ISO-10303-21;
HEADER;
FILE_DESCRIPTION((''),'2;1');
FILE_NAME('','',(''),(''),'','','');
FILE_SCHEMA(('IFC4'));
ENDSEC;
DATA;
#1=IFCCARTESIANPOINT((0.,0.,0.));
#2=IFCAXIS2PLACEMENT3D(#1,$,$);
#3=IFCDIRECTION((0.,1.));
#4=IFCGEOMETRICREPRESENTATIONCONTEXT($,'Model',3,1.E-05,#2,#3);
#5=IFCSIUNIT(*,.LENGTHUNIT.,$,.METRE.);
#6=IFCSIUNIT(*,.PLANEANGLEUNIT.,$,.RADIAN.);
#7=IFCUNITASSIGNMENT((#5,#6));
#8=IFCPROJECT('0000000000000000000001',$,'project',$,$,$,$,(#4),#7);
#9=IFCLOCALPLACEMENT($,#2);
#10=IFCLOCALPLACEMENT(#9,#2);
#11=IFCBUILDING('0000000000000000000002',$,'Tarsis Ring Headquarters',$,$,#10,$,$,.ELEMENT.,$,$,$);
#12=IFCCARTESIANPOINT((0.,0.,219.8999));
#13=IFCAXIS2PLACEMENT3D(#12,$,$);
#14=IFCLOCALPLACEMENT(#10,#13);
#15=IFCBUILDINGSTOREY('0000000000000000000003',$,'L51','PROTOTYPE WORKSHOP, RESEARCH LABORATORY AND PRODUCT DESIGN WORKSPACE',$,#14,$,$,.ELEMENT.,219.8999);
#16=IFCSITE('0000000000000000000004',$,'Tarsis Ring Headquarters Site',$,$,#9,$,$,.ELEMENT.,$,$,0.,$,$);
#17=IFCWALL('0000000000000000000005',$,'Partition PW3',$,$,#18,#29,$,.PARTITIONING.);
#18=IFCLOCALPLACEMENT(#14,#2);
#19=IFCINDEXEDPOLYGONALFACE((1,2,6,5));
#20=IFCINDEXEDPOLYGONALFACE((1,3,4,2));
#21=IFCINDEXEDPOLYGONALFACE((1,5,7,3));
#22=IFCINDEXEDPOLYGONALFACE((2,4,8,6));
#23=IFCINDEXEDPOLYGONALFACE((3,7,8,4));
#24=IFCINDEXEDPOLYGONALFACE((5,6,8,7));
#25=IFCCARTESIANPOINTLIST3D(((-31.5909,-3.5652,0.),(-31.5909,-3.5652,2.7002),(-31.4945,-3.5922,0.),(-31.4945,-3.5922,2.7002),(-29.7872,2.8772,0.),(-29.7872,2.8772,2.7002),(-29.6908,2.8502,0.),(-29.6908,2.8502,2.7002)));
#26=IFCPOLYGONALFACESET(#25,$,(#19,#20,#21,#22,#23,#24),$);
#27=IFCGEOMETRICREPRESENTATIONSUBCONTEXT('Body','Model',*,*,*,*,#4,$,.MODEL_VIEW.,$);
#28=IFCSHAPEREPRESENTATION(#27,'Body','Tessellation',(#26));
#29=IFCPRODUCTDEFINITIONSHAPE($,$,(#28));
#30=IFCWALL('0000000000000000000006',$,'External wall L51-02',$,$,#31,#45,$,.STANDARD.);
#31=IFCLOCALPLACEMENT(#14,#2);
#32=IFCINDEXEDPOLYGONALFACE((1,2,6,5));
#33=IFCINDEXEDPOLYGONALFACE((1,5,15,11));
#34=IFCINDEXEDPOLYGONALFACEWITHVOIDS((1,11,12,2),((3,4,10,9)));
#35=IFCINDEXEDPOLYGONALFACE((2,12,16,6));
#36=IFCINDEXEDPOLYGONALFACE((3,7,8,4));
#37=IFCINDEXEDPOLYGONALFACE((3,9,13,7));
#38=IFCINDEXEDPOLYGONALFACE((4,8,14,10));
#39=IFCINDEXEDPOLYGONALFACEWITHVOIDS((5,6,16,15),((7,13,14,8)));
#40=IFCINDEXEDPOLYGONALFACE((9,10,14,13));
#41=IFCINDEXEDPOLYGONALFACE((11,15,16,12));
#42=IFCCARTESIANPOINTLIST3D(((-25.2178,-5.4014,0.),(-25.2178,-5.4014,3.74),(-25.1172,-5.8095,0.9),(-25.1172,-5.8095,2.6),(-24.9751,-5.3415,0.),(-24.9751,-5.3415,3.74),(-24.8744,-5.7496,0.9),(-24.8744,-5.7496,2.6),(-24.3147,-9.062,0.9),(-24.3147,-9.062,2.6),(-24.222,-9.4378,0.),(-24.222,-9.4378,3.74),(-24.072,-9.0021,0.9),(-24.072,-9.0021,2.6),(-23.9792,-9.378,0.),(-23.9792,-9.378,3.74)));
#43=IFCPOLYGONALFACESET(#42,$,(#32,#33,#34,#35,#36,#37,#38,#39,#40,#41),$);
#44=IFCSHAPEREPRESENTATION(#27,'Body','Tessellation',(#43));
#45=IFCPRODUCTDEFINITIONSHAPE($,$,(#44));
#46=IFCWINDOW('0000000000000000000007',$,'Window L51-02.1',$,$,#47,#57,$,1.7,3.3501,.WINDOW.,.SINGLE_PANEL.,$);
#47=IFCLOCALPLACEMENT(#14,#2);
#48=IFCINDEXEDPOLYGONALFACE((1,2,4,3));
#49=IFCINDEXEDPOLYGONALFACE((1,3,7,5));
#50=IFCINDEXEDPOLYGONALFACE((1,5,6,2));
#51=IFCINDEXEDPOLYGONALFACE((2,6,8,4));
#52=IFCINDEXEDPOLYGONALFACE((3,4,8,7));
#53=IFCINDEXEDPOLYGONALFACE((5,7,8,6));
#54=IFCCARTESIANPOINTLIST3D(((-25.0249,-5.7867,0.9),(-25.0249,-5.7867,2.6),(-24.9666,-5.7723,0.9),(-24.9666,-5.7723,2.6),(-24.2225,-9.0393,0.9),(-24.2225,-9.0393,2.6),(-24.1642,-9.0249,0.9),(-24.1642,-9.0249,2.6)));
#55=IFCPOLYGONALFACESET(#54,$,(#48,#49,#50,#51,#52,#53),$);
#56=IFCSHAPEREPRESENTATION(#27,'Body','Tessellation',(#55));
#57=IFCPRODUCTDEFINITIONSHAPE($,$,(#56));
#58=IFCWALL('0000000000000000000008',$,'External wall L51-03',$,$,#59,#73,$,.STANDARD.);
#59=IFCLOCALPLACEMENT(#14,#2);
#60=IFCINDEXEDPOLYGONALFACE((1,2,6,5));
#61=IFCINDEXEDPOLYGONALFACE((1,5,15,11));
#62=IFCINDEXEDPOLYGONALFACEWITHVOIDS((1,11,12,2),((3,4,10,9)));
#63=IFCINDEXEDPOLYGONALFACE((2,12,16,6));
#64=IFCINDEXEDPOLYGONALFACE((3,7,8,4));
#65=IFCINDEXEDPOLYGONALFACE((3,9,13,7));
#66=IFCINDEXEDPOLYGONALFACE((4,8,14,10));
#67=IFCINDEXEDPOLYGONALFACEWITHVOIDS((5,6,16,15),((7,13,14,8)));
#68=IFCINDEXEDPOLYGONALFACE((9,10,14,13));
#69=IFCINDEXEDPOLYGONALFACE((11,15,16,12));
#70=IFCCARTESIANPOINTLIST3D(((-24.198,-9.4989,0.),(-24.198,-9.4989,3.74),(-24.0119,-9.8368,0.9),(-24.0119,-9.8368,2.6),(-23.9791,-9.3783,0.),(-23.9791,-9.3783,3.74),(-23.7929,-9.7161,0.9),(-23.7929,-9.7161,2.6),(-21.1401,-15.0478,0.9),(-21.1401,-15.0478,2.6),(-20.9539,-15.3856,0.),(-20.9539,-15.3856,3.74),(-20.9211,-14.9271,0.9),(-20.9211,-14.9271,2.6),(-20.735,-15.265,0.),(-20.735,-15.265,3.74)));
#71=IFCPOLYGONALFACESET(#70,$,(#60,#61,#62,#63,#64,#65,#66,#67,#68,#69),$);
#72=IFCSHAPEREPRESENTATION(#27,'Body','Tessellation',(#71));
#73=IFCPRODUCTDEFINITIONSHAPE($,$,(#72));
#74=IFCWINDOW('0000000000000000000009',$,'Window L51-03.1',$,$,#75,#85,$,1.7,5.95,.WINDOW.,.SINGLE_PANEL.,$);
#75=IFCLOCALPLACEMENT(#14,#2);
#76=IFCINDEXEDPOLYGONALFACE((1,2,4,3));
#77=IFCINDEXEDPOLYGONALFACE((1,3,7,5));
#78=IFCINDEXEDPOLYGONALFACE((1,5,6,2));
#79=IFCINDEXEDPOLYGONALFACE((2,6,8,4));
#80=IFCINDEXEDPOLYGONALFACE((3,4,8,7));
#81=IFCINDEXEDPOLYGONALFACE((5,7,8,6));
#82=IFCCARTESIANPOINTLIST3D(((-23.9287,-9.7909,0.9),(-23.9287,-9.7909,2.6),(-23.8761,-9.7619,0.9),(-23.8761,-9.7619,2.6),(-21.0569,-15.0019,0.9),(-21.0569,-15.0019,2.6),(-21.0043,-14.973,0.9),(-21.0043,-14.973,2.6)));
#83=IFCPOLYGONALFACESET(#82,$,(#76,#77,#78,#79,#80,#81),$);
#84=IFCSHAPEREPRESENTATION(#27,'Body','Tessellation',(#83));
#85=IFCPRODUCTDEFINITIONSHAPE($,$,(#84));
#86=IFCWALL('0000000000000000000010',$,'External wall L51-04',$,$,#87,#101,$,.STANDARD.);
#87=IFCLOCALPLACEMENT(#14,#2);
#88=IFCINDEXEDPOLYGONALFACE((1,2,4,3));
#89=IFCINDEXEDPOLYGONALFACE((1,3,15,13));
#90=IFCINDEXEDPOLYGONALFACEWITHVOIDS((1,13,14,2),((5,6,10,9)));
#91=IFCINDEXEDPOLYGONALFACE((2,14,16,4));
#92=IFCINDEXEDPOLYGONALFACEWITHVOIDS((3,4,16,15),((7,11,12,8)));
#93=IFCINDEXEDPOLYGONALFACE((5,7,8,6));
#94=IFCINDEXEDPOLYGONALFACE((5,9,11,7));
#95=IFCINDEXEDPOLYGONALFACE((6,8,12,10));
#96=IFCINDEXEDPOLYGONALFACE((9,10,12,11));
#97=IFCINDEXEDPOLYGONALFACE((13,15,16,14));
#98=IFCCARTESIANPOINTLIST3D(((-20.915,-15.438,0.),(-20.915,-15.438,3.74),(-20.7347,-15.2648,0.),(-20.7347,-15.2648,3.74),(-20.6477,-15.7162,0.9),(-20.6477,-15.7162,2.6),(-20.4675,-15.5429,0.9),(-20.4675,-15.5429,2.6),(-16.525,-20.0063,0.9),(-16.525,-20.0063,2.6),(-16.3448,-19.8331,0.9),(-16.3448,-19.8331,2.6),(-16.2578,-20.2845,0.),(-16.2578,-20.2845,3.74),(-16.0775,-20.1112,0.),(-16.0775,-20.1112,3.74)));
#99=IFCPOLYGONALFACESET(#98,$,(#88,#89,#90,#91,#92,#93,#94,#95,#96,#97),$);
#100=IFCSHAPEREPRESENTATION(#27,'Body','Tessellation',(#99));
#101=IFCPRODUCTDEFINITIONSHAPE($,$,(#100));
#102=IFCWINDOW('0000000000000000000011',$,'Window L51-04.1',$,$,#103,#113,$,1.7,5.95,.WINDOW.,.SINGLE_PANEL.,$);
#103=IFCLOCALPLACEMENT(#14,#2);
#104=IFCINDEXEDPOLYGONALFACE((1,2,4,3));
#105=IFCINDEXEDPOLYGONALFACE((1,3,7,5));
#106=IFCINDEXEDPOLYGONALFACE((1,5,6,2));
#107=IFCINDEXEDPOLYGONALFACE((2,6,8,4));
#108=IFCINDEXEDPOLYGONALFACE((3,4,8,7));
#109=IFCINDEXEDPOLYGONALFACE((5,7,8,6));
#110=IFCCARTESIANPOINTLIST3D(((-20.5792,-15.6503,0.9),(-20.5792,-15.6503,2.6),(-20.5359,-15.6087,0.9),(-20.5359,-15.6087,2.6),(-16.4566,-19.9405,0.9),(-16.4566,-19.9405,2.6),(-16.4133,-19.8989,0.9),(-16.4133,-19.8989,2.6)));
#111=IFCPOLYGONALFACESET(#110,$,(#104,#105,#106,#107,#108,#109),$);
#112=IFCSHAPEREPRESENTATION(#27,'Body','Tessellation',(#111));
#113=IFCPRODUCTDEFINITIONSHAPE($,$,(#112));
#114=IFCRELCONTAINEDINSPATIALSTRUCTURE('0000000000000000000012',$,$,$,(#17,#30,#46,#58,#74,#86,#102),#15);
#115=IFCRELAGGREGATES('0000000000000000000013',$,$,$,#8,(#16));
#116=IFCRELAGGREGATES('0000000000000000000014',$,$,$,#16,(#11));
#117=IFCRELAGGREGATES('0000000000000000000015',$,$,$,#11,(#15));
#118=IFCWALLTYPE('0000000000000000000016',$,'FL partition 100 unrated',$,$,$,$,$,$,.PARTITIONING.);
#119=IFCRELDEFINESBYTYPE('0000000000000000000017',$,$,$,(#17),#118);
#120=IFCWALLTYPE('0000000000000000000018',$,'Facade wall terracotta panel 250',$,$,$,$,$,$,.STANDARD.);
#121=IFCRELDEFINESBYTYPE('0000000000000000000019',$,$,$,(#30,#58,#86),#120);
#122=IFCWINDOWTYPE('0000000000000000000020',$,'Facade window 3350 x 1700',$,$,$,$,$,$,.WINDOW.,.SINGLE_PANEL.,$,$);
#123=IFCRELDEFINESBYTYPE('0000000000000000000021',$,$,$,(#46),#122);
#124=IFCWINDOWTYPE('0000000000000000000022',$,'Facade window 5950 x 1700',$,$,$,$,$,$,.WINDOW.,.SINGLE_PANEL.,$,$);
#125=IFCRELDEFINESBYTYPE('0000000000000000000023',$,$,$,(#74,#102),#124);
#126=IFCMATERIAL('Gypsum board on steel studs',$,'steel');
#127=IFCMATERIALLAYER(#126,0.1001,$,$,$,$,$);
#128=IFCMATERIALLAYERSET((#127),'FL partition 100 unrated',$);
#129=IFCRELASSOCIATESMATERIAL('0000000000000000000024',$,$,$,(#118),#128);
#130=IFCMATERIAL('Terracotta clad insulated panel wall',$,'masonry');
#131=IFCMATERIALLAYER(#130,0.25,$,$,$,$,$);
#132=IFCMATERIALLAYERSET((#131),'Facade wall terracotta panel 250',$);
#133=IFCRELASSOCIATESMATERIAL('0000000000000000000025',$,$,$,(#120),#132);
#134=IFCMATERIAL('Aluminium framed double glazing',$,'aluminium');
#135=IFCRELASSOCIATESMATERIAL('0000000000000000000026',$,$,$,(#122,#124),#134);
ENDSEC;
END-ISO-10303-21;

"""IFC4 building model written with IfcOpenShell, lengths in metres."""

from ifc_helpers import new_model, si_unit, direction, frame, frame_2d, origin, place, context, subcontext, project, spatial, rectangle, extrude, material, layer, layer_set, type_object, element, fill, save


model = new_model("IFC4")

# Units and contexts
model_context = context("Model", 3, precision=1e-05, world=origin(), true_north=direction((0.0, 1.0)))
body_context = subcontext(model_context, "Body", "Model", "MODEL_VIEW")
ifc_project = project(units=[si_unit("LENGTHUNIT", "METRE"), si_unit("PLANEANGLEUNIT", "RADIAN")], contexts=[model_context])

# Site, building, storey
site_placement = place(None, origin())
site = spatial("IfcSite", under=ifc_project, at=site_placement, Name="Tarsis Ring Headquarters Site", CompositionType="ELEMENT", RefElevation=0.0)
building_placement = place(site_placement, origin())
building = spatial("IfcBuilding", under=site, at=building_placement, Name="Tarsis Ring Headquarters", CompositionType="ELEMENT")
storey_placement = place(building_placement, frame((0.0, 0.0, 219.8999)))
storey = spatial("IfcBuildingStorey", under=building, at=storey_placement, Name="L51", Description="PROTOTYPE WORKSHOP, RESEARCH LABORATORY AND PRODUCT DESIGN WORKSPACE", CompositionType="ELEMENT", Elevation=219.8999)

# Wall
ifc_material_1 = material(Name="Gypsum board on steel studs", Category="steel")
ifc_layer_1 = layer(ifc_material_1, 0.1001)
ifc_layer_set_1 = layer_set([ifc_layer_1], Name="FL partition 100 unrated")
wall_type_1 = type_object("IfcWallType", Name="FL partition 100 unrated", PredefinedType="PARTITIONING", material=ifc_layer_set_1)
wall_1_placement = place(storey_placement, frame((-31.5427, -3.5789, 0.0), z_axis=(0.0, 0.0, 1.0), x_axis=(0.269608, 0.96297, 0.0)))
element("IfcWall", 1, at=wall_1_placement, inside=storey, type_object=wall_type_1, Name="Partition PW3", PredefinedType="PARTITIONING", context=body_context, shape_type="SweptSolid", body=[
    extrude(rectangle(XDim=6.6902, YDim=0.1001, at=frame_2d((3.3452, 0.0))), origin(), (0.0, 0.0, 1.0), 2.7002),
])

# Walls, openings, windows
ifc_material_2 = material(Name="Terracotta clad insulated panel wall", Category="masonry")
ifc_layer_2 = layer(ifc_material_2, 0.25)
ifc_layer_set_2 = layer_set([ifc_layer_2], Name="Facade wall terracotta panel 250")
wall_type_2 = type_object("IfcWallType", Name="Facade wall terracotta panel 250", PredefinedType="STANDARD", material=ifc_layer_set_2)
wall_2_placement = place(storey_placement, frame((-25.0964, -5.3716, 0.0), z_axis=(0.0, 0.0, 1.0), x_axis=(0.239536, -0.970887, 0.0)))
wall_2 = element("IfcWall", 2, at=wall_2_placement, inside=storey, type_object=wall_type_2, Name="External wall L51-02", PredefinedType="STANDARD", context=body_context, shape_type="SweptSolid", body=[
    extrude(rectangle(XDim=4.1575, YDim=0.25, at=frame_2d((2.0786, 0.0))), origin(), (0.0, 0.0, 1.0), 3.74),
])
opening_1_placement = place(wall_2_placement, frame((0.4202, 0.0, 0.8999)))
opening_1 = element("IfcOpeningElement", 3, at=opening_1_placement, cuts=wall_2, PredefinedType="OPENING", context=body_context, shape_type="SweptSolid", body=[
    extrude(rectangle(XDim=3.3501, YDim=1.7, at=frame_2d((1.675, 0.8501))), frame((0.0, 0.135, 0.0), z_axis=(0.0, -1.0, 0.0), x_axis=(1.0, 0.0, 0.0)), (0.0, 0.0, 1.0), 0.27),
])
ifc_material_3 = material(Name="Aluminium framed double glazing", Category="aluminium")
window_type_1 = type_object("IfcWindowType", Name="Facade window 3350 x 1700", PartitioningType="SINGLE_PANEL", PredefinedType="WINDOW", material=ifc_material_3)
window_1_placement = place(opening_1_placement, origin())
window_1 = element("IfcWindow", 4, at=window_1_placement, inside=storey, type_object=window_type_1, Name="Window L51-02.1", OverallHeight=1.7, OverallWidth=3.3501, PartitioningType="SINGLE_PANEL", PredefinedType="WINDOW", context=body_context, shape_type="SweptSolid", body=[
    extrude(rectangle(XDim=3.3501, YDim=1.7, at=frame_2d((1.675, 0.8501))), frame((0.0, 0.03, 0.0), z_axis=(0.0, -1.0, 0.0), x_axis=(1.0, 0.0, 0.0)), (0.0, 0.0, 1.0), 0.0601),
])
fill(opening_1, window_1)
wall_3_placement = place(storey_placement, frame((-24.0886, -9.4385, 0.0), z_axis=(0.0, 0.0, 1.0), x_axis=(0.482655, -0.875811, 0.0)))
wall_3 = element("IfcWall", 5, at=wall_3_placement, inside=storey, type_object=wall_type_2, Name="External wall L51-03", PredefinedType="STANDARD", context=body_context, shape_type="SweptSolid", body=[
    extrude(rectangle(XDim=6.7214, YDim=0.25, at=frame_2d((3.3608, 0.0))), origin(), (0.0, 0.0, 1.0), 3.74),
])
opening_2_placement = place(wall_3_placement, frame((0.3857, 0.0, 0.8999)))
opening_2 = element("IfcOpeningElement", 6, at=opening_2_placement, cuts=wall_3, PredefinedType="OPENING", context=body_context, shape_type="SweptSolid", body=[
    extrude(rectangle(XDim=5.95, YDim=1.7, at=frame_2d((2.9751, 0.8501))), frame((0.0, 0.135, 0.0), z_axis=(0.0, -1.0, 0.0), x_axis=(1.0, 0.0, 0.0)), (0.0, 0.0, 1.0), 0.27),
])
window_type_2 = type_object("IfcWindowType", Name="Facade window 5950 x 1700", PartitioningType="SINGLE_PANEL", PredefinedType="WINDOW", material=ifc_material_3)
window_2_placement = place(opening_2_placement, origin())
window_2 = element("IfcWindow", 7, at=window_2_placement, inside=storey, type_object=window_type_2, Name="Window L51-03.1", OverallHeight=1.7, OverallWidth=5.95, PartitioningType="SINGLE_PANEL", PredefinedType="WINDOW", context=body_context, shape_type="SweptSolid", body=[
    extrude(rectangle(XDim=5.95, YDim=1.7, at=frame_2d((2.9751, 0.8501))), frame((0.0, 0.03, 0.0), z_axis=(0.0, -1.0, 0.0), x_axis=(1.0, 0.0, 0.0)), (0.0, 0.0, 1.0), 0.0601),
])
fill(opening_2, window_2)
wall_4_placement = place(storey_placement, frame((-20.825, -15.3513, 0.0), z_axis=(0.0, 0.0, 1.0), x_axis=(0.692892, -0.721042, 0.0)))
wall_4 = element("IfcWall", 8, at=wall_4_placement, inside=storey, type_object=wall_type_2, Name="External wall L51-04", PredefinedType="STANDARD", context=body_context, shape_type="SweptSolid", body=[
    extrude(rectangle(XDim=6.7214, YDim=0.25, at=frame_2d((3.3608, 0.0))), origin(), (0.0, 0.0, 1.0), 3.74),
])
opening_3_placement = place(wall_4_placement, frame((0.3857, 0.0, 0.8999)))
opening_3 = element("IfcOpeningElement", 9, at=opening_3_placement, cuts=wall_4, PredefinedType="OPENING", context=body_context, shape_type="SweptSolid", body=[
    extrude(rectangle(XDim=5.95, YDim=1.7, at=frame_2d((2.9751, 0.8501))), frame((0.0, 0.135, 0.0), z_axis=(0.0, -1.0, 0.0), x_axis=(1.0, 0.0, 0.0)), (0.0, 0.0, 1.0), 0.27),
])
window_3_placement = place(opening_3_placement, origin())
window_3 = element("IfcWindow", 10, at=window_3_placement, inside=storey, type_object=window_type_2, Name="Window L51-04.1", OverallHeight=1.7, OverallWidth=5.95, PartitioningType="SINGLE_PANEL", PredefinedType="WINDOW", context=body_context, shape_type="SweptSolid", body=[
    extrude(rectangle(XDim=5.95, YDim=1.7, at=frame_2d((2.9751, 0.8501))), frame((0.0, 0.03, 0.0), z_axis=(0.0, -1.0, 0.0), x_axis=(1.0, 0.0, 0.0)), (0.0, 0.0, 1.0), 0.0601),
])
fill(opening_3, window_3)

save(model, "model.ifc")
